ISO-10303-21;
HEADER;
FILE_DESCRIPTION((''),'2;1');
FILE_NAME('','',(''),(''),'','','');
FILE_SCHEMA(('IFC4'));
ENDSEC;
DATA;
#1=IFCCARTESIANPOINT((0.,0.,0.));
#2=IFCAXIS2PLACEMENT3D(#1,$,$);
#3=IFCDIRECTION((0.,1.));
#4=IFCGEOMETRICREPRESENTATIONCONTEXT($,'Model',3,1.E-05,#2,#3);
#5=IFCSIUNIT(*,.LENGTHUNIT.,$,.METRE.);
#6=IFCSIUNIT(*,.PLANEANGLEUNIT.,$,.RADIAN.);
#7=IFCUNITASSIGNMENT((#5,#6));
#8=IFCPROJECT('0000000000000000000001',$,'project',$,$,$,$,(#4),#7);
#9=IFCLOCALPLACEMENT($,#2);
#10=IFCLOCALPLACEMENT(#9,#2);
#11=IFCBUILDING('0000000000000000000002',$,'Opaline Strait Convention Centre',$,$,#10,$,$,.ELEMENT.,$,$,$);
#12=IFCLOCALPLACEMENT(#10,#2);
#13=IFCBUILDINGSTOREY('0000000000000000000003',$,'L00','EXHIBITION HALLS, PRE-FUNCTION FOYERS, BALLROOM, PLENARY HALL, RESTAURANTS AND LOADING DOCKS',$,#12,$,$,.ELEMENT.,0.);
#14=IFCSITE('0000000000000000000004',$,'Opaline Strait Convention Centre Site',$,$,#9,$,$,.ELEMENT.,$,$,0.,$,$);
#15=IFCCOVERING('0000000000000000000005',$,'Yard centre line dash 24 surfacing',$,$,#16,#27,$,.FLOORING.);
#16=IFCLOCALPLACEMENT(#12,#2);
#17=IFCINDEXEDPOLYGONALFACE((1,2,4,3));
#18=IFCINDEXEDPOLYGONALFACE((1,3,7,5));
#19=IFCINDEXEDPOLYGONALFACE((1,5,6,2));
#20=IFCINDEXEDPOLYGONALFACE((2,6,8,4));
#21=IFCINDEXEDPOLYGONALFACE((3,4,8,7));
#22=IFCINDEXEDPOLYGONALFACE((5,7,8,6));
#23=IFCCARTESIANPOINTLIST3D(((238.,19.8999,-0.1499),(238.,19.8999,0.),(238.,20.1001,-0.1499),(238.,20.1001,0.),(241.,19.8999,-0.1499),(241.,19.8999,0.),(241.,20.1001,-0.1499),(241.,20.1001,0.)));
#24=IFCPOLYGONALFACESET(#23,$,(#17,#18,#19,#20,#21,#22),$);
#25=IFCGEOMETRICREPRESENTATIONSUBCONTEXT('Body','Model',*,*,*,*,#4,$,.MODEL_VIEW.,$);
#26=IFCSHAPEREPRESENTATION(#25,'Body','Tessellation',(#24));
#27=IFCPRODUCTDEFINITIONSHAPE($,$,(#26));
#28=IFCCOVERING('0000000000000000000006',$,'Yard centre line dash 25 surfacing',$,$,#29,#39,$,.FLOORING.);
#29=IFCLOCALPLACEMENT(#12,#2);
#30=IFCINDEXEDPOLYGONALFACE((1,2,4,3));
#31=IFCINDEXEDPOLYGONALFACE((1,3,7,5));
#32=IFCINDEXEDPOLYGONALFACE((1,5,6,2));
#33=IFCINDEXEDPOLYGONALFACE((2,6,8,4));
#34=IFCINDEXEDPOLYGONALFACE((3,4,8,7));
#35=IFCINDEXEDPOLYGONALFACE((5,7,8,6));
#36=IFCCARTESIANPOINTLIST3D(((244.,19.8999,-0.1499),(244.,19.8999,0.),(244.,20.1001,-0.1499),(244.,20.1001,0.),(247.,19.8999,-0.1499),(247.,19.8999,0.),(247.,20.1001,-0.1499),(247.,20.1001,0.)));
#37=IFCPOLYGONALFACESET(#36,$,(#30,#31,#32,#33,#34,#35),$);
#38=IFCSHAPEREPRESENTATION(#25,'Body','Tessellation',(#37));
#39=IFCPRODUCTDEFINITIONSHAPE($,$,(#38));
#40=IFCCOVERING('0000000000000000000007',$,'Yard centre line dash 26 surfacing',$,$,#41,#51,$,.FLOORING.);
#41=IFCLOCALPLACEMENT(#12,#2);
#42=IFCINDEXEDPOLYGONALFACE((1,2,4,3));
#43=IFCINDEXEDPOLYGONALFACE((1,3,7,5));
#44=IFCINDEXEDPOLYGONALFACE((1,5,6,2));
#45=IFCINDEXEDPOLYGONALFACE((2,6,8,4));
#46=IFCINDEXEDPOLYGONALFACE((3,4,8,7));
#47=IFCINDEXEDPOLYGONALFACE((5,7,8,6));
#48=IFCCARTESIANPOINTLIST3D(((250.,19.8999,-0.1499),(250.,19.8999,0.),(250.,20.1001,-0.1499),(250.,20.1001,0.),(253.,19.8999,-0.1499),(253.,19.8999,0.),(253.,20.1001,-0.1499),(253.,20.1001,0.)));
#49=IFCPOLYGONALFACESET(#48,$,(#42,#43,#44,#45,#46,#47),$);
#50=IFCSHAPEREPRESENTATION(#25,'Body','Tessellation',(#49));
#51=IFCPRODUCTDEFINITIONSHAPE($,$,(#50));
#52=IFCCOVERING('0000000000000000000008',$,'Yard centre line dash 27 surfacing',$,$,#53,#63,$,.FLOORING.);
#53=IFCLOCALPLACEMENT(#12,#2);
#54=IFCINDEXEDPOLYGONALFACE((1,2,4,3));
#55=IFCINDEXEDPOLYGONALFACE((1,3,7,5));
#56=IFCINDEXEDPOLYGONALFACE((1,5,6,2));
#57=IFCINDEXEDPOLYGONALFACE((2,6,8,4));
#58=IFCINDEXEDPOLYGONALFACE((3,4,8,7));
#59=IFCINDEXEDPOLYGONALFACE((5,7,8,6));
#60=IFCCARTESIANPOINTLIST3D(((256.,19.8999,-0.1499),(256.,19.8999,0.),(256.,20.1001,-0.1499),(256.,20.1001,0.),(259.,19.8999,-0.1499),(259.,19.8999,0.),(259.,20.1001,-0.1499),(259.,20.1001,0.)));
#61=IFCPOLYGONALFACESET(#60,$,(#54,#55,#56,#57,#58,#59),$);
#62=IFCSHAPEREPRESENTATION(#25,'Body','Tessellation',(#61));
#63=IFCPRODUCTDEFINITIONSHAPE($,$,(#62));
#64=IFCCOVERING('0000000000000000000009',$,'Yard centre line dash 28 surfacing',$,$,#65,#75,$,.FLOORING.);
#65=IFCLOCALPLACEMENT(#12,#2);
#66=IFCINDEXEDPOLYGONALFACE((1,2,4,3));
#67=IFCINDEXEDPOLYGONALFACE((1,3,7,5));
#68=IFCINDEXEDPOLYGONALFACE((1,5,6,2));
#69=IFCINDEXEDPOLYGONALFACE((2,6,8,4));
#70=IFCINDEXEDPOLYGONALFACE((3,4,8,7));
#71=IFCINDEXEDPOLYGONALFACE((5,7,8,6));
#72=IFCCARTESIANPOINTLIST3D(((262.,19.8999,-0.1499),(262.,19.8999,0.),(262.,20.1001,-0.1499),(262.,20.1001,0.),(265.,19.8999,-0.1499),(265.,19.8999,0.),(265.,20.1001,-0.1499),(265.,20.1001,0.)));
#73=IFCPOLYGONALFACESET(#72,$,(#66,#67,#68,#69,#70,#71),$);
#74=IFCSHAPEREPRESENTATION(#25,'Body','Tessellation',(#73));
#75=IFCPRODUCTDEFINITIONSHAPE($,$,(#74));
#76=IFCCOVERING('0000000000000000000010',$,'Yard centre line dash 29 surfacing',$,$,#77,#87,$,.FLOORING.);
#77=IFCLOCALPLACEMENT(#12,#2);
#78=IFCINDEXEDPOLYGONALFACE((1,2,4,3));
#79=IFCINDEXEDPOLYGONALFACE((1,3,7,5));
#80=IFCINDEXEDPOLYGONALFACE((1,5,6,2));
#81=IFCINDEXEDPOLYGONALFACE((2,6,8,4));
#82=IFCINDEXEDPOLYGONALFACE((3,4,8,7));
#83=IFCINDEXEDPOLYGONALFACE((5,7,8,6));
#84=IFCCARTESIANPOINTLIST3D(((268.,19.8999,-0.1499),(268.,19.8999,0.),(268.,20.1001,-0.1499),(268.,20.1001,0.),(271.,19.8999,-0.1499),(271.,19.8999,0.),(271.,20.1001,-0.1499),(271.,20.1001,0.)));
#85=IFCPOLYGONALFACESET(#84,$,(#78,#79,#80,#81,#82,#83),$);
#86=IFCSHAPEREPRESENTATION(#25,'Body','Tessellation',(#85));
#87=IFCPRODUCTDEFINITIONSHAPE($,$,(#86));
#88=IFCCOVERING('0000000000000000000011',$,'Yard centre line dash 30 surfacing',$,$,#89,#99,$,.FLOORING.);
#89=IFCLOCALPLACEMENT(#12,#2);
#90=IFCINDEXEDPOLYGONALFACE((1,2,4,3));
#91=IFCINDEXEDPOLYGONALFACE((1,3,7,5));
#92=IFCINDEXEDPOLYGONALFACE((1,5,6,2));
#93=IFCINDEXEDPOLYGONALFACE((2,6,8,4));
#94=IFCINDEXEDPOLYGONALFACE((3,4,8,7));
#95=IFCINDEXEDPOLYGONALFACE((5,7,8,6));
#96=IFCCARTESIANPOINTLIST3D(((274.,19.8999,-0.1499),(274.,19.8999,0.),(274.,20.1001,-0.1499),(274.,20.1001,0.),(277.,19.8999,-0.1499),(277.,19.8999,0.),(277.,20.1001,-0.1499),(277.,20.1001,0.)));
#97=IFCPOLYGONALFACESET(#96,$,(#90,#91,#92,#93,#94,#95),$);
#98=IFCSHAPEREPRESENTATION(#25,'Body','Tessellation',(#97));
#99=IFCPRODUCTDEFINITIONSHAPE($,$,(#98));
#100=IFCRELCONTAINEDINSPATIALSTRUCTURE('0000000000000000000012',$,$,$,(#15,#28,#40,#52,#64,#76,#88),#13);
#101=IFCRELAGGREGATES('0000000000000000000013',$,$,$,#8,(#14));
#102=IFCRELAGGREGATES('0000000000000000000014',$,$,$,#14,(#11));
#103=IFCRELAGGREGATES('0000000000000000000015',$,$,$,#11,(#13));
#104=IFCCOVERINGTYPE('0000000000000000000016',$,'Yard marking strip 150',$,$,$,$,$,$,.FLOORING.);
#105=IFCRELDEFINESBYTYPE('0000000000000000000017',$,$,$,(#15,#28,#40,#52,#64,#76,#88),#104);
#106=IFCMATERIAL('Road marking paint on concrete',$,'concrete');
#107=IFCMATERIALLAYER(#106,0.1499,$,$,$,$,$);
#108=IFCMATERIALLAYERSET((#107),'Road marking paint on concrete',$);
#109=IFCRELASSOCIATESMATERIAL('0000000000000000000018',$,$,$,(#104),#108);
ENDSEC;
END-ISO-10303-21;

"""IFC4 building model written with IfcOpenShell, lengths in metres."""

from ifc_helpers import new_model, si_unit, direction, frame, origin, place, context, subcontext, project, spatial, polyline, outline, extrude, material, layer, layer_set, type_object, element, save


model = new_model("IFC4")

# Units and contexts
model_context = context("Model", 3, precision=1e-05, world=origin(), true_north=direction((0.0, 1.0)))
body_context = subcontext(model_context, "Body", "Model", "MODEL_VIEW")
ifc_project = project(units=[si_unit("LENGTHUNIT", "METRE"), si_unit("PLANEANGLEUNIT", "RADIAN")], contexts=[model_context])

# Site, building, storey
site_placement = place(None, origin())
site = spatial("IfcSite", under=ifc_project, at=site_placement, Name="Opaline Strait Convention Centre Site", CompositionType="ELEMENT", RefElevation=0.0)
building_placement = place(site_placement, origin())
building = spatial("IfcBuilding", under=site, at=building_placement, Name="Opaline Strait Convention Centre", CompositionType="ELEMENT")
storey_placement = place(building_placement, origin())
storey = spatial("IfcBuildingStorey", under=building, at=storey_placement, Name="L00", Description="EXHIBITION HALLS, PRE-FUNCTION FOYERS, BALLROOM, PLENARY HALL, RESTAURANTS AND LOADING DOCKS", CompositionType="ELEMENT", Elevation=0.0)

# Coverings
ifc_material_1 = material(Name="Road marking paint on concrete", Category="concrete")
ifc_layer_1 = layer(ifc_material_1, 0.1499)
ifc_layer_set_1 = layer_set([ifc_layer_1], Name="Road marking paint on concrete")
covering_type_1 = type_object("IfcCoveringType", Name="Yard marking strip 150", PredefinedType="FLOORING", material=ifc_layer_set_1)
covering_1_placement = place(storey_placement, frame((0.0, 0.0, -0.1499)))
element("IfcCovering", 1, at=covering_1_placement, inside=storey, type_object=covering_type_1, Name="Yard centre line dash 24 surfacing", PredefinedType="FLOORING", context=body_context, shape_type="SweptSolid", body=[
    extrude(outline(polyline([(241.0, 20.1001), (238.0, 20.1001), (238.0, 19.8999), (241.0, 19.8999), (241.0, 20.1001)])), origin(), (0.0, 0.0, 1.0), 0.1499),
])
covering_2_placement = place(storey_placement, frame((0.0, 0.0, -0.1499)))
element("IfcCovering", 2, at=covering_2_placement, inside=storey, type_object=covering_type_1, Name="Yard centre line dash 25 surfacing", PredefinedType="FLOORING", context=body_context, shape_type="SweptSolid", body=[
    extrude(outline(polyline([(247.0, 20.1001), (244.0, 20.1001), (244.0, 19.8999), (247.0, 19.8999), (247.0, 20.1001)])), origin(), (0.0, 0.0, 1.0), 0.1499),
])
covering_3_placement = place(storey_placement, frame((0.0, 0.0, -0.1499)))
element("IfcCovering", 3, at=covering_3_placement, inside=storey, type_object=covering_type_1, Name="Yard centre line dash 26 surfacing", PredefinedType="FLOORING", context=body_context, shape_type="SweptSolid", body=[
    extrude(outline(polyline([(253.0, 20.1001), (250.0, 20.1001), (250.0, 19.8999), (253.0, 19.8999), (253.0, 20.1001)])), origin(), (0.0, 0.0, 1.0), 0.1499),
])
covering_4_placement = place(storey_placement, frame((0.0, 0.0, -0.1499)))
element("IfcCovering", 4, at=covering_4_placement, inside=storey, type_object=covering_type_1, Name="Yard centre line dash 27 surfacing", PredefinedType="FLOORING", context=body_context, shape_type="SweptSolid", body=[
    extrude(outline(polyline([(259.0, 20.1001), (256.0, 20.1001), (256.0, 19.8999), (259.0, 19.8999), (259.0, 20.1001)])), origin(), (0.0, 0.0, 1.0), 0.1499),
])
covering_5_placement = place(storey_placement, frame((0.0, 0.0, -0.1499)))
element("IfcCovering", 5, at=covering_5_placement, inside=storey, type_object=covering_type_1, Name="Yard centre line dash 28 surfacing", PredefinedType="FLOORING", context=body_context, shape_type="SweptSolid", body=[
    extrude(outline(polyline([(265.0, 20.1001), (262.0, 20.1001), (262.0, 19.8999), (265.0, 19.8999), (265.0, 20.1001)])), origin(), (0.0, 0.0, 1.0), 0.1499),
])
covering_6_placement = place(storey_placement, frame((0.0, 0.0, -0.1499)))
element("IfcCovering", 6, at=covering_6_placement, inside=storey, type_object=covering_type_1, Name="Yard centre line dash 29 surfacing", PredefinedType="FLOORING", context=body_context, shape_type="SweptSolid", body=[
    extrude(outline(polyline([(271.0, 20.1001), (268.0, 20.1001), (268.0, 19.8999), (271.0, 19.8999), (271.0, 20.1001)])), origin(), (0.0, 0.0, 1.0), 0.1499),
])
covering_7_placement = place(storey_placement, frame((0.0, 0.0, -0.1499)))
element("IfcCovering", 7, at=covering_7_placement, inside=storey, type_object=covering_type_1, Name="Yard centre line dash 30 surfacing", PredefinedType="FLOORING", context=body_context, shape_type="SweptSolid", body=[
    extrude(outline(polyline([(277.0, 20.1001), (274.0, 20.1001), (274.0, 19.8999), (277.0, 19.8999), (277.0, 20.1001)])), origin(), (0.0, 0.0, 1.0), 0.1499),
])

save(model, "model.ifc")
